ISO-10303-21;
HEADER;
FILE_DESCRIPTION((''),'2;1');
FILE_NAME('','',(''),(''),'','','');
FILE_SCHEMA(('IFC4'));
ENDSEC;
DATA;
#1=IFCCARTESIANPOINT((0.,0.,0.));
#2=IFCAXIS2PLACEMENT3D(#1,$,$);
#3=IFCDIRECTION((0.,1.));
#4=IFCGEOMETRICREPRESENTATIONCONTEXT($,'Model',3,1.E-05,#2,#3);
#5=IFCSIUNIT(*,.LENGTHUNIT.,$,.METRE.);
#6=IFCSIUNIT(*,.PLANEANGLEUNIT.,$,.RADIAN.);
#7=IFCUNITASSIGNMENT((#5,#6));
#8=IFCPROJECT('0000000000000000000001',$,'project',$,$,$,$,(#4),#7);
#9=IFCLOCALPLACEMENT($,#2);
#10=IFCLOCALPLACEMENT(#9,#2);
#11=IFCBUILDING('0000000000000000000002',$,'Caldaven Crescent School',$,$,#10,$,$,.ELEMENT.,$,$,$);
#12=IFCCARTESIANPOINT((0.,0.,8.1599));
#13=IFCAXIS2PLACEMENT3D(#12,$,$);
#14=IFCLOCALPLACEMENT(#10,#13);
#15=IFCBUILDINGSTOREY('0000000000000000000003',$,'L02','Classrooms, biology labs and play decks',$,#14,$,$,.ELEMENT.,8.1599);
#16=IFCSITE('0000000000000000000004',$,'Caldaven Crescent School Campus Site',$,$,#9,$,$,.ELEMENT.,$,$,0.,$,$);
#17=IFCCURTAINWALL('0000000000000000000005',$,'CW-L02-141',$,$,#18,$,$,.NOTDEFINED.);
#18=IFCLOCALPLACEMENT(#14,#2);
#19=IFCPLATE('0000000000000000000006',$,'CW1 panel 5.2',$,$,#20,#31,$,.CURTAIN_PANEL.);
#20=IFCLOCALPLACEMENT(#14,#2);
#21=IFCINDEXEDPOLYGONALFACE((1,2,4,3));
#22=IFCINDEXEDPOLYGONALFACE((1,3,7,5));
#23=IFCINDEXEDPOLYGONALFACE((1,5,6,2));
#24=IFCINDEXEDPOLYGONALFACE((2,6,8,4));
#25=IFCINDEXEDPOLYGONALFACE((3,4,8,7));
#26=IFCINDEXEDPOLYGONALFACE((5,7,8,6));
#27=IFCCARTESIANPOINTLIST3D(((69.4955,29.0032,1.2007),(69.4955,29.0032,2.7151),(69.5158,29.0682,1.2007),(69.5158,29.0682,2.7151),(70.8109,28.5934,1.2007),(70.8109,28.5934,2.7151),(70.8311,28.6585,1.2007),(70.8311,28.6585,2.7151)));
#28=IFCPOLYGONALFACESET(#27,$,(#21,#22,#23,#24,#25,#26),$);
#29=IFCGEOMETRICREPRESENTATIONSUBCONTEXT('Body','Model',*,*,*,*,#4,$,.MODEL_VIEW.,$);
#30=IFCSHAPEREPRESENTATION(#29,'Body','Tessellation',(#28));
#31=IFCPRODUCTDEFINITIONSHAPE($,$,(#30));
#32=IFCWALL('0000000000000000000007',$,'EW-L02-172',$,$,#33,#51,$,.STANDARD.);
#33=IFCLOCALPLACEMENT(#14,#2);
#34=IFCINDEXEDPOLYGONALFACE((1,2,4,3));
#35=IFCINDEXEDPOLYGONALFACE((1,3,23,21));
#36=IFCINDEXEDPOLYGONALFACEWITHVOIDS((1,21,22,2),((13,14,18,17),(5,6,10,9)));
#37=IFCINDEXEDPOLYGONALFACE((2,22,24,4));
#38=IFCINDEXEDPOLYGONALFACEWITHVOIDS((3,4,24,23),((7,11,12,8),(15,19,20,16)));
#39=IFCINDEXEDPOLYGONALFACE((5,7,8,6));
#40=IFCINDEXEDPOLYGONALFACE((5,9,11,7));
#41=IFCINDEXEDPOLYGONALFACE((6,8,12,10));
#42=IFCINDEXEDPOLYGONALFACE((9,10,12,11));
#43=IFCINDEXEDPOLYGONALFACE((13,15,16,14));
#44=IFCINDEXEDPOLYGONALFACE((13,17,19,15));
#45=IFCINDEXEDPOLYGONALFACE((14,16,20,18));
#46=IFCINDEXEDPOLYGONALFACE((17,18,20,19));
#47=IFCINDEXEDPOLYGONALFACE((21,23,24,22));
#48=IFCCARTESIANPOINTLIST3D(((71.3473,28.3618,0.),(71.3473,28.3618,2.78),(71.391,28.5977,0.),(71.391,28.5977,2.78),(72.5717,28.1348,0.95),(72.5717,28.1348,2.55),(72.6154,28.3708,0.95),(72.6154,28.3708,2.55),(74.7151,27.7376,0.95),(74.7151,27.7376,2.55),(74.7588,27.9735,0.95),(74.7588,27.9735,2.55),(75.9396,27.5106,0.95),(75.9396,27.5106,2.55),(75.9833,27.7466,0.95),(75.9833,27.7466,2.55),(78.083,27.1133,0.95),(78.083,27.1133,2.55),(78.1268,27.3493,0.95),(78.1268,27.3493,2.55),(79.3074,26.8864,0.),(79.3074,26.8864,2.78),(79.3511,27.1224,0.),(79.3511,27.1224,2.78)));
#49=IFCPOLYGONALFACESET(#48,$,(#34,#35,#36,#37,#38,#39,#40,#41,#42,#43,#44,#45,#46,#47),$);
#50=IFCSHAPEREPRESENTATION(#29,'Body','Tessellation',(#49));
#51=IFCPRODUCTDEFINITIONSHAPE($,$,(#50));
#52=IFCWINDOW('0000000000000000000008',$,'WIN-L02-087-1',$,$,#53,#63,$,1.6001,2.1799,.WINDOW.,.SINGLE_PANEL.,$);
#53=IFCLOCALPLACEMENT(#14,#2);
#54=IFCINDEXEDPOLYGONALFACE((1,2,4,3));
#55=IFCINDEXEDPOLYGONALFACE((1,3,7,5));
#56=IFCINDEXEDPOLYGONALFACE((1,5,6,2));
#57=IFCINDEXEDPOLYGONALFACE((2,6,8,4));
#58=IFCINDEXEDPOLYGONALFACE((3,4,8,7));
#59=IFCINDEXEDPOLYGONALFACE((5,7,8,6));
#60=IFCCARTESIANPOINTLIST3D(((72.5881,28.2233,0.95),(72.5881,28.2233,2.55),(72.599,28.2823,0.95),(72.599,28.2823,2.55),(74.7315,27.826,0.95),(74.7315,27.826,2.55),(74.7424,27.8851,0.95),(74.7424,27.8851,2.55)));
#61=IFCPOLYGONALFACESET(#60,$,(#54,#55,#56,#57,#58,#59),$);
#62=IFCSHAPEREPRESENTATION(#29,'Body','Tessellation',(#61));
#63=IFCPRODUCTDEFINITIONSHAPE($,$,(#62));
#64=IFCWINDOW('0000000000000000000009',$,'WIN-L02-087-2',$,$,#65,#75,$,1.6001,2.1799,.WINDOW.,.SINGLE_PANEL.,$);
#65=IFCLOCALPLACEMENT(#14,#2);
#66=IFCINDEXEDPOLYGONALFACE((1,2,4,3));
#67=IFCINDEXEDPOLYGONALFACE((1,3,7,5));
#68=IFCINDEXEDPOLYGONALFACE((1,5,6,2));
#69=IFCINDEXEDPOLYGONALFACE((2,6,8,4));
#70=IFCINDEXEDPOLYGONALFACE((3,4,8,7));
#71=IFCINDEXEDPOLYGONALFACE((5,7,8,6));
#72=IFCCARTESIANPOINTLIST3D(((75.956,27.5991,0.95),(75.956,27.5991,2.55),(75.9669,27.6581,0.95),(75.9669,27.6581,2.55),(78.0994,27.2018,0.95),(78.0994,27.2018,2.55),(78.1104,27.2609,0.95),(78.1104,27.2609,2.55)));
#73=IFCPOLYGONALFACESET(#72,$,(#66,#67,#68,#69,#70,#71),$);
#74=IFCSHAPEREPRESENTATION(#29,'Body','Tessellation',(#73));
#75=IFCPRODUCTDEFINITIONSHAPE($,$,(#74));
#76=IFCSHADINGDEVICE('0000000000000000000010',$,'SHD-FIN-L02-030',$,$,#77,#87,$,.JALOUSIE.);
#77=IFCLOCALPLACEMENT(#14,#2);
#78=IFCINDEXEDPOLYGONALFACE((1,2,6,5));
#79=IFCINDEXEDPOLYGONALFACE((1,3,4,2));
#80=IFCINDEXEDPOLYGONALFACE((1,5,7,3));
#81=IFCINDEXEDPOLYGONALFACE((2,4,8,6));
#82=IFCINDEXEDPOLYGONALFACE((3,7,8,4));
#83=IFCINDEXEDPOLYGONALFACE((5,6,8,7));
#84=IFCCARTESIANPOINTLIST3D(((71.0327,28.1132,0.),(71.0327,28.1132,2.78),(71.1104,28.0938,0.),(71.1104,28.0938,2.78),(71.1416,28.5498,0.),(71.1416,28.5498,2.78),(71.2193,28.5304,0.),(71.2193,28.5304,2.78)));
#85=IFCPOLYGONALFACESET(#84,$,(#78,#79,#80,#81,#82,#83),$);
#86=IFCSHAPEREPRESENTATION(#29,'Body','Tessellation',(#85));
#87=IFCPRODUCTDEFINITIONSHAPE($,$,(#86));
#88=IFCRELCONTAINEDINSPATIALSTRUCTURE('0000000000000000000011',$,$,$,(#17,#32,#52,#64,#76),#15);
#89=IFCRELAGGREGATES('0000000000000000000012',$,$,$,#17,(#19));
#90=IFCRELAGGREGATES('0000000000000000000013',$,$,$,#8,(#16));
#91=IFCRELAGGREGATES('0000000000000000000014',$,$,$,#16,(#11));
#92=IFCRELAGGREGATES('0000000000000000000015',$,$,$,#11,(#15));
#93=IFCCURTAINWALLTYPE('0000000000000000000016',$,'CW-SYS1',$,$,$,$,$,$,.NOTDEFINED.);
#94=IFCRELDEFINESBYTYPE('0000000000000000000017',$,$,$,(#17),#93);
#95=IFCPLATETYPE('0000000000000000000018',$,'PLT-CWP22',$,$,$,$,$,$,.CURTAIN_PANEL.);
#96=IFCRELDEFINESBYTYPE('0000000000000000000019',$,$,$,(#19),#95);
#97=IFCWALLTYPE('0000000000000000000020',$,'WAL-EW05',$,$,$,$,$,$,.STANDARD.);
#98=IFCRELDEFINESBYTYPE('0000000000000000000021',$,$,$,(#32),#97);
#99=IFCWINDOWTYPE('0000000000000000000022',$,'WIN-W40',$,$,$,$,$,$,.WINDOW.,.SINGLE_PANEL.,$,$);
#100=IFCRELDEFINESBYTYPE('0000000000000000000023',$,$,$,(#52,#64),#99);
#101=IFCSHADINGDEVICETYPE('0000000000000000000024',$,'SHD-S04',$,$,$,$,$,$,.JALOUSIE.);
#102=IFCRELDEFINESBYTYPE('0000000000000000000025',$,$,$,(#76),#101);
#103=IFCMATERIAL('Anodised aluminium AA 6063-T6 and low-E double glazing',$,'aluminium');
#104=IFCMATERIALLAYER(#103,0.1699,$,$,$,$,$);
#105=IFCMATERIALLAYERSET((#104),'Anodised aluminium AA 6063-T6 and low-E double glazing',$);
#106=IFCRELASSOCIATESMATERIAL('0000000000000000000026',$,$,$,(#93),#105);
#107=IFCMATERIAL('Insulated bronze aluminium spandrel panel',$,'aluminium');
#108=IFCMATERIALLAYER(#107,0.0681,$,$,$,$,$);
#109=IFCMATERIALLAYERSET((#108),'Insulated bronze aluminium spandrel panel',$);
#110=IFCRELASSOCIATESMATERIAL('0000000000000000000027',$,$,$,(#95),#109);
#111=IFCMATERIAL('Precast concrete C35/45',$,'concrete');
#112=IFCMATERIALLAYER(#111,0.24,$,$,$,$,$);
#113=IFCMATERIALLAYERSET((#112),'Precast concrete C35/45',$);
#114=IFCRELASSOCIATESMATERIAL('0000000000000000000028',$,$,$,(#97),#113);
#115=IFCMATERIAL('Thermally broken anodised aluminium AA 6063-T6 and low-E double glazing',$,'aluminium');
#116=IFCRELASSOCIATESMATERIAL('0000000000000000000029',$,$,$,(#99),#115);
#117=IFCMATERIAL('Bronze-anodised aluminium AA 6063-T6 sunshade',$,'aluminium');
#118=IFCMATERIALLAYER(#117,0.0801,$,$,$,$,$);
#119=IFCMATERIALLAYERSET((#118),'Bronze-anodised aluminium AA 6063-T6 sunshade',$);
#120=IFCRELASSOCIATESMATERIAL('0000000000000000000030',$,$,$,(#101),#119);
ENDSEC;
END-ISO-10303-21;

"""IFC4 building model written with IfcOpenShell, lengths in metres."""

from ifc_helpers import new_model, si_unit, direction, frame, frame_2d, origin, origin_2d, place, context, subcontext, project, spatial, rectangle, extrude, material, layer, layer_set, type_object, element, fill, aggregate, save


model = new_model("IFC4")

# Units and contexts
model_context = context("Model", 3, precision=1e-05, world=origin(), true_north=direction((0.0, 1.0)))
body_context = subcontext(model_context, "Body", "Model", "MODEL_VIEW")
ifc_project = project(units=[si_unit("LENGTHUNIT", "METRE"), si_unit("PLANEANGLEUNIT", "RADIAN")], contexts=[model_context])

# Site, building, storey
site_placement = place(None, origin())
site = spatial("IfcSite", under=ifc_project, at=site_placement, Name="Caldaven Crescent School Campus Site", CompositionType="ELEMENT", RefElevation=0.0)
building_placement = place(site_placement, origin())
building = spatial("IfcBuilding", under=site, at=building_placement, Name="Caldaven Crescent School", CompositionType="ELEMENT")
storey_placement = place(building_placement, frame((0.0, 0.0, 8.1599)))
storey = spatial("IfcBuildingStorey", under=building, at=storey_placement, Name="L02", Description="Classrooms, biology labs and play decks", CompositionType="ELEMENT", Elevation=8.1599)

# Curtain wall
ifc_material_1 = material(Name="Anodised aluminium AA 6063-T6 and low-E double glazing", Category="aluminium")
ifc_layer_1 = layer(ifc_material_1, 0.1699)
ifc_layer_set_1 = layer_set([ifc_layer_1], Name="Anodised aluminium AA 6063-T6 and low-E double glazing")
curtain_wall_type = type_object("IfcCurtainWallType", Name="CW-SYS1", PredefinedType="NOTDEFINED", material=ifc_layer_set_1)
curtain_wall_1_placement = place(storey_placement, origin())
curtain_wall_1 = element("IfcCurtainWall", 1, at=curtain_wall_1_placement, inside=storey, type_object=curtain_wall_type, Name="CW-L02-141", PredefinedType="NOTDEFINED")

# Plate
ifc_material_2 = material(Name="Insulated bronze aluminium spandrel panel", Category="aluminium")
ifc_layer_2 = layer(ifc_material_2, 0.0681)
ifc_layer_set_2 = layer_set([ifc_layer_2], Name="Insulated bronze aluminium spandrel panel")
plate_type_1 = type_object("IfcPlateType", Name="PLT-CWP22", PredefinedType="CURTAIN_PANEL", material=ifc_layer_set_2)
plate_1_placement = place(storey_placement, frame((70.1633, 28.8308, 1.2007), z_axis=(0.0, 0.0, 1.0), x_axis=(0.954747, -0.29742, 0.0)))
plate_1 = element("IfcPlate", 2, at=plate_1_placement, type_object=plate_type_1, Name="CW1 panel 5.2", PredefinedType="CURTAIN_PANEL", context=body_context, shape_type="SweptSolid", body=[
    extrude(rectangle(XDim=1.3777, YDim=0.0681, at=origin_2d()), origin(), (0.0, 0.0, 1.0), 1.5144),
])
aggregate(curtain_wall_1, [plate_1])

# Wall, openings, windows
ifc_material_3 = material(Name="Precast concrete C35/45", Category="concrete")
ifc_layer_3 = layer(ifc_material_3, 0.24)
ifc_layer_set_3 = layer_set([ifc_layer_3], Name="Precast concrete C35/45")
wall_type = type_object("IfcWallType", Name="WAL-EW05", PredefinedType="STANDARD", material=ifc_layer_set_3)
wall_placement = place(storey_placement, frame((71.3691, 28.4797, 0.0), z_axis=(0.0, 0.0, 1.0), x_axis=(0.983255, -0.182236, 0.0)))
wall = element("IfcWall", 3, at=wall_placement, inside=storey, type_object=wall_type, Name="EW-L02-172", PredefinedType="STANDARD", context=body_context, shape_type="SweptSolid", body=[
    extrude(rectangle(XDim=8.0957, YDim=0.24, at=frame_2d((4.0479, 0.0))), origin(), (0.0, 0.0, 1.0), 2.78),
])
opening_1_placement = place(wall_placement, frame((1.2454, 0.0, 0.95)))
opening_1 = element("IfcOpeningElement", 4, at=opening_1_placement, cuts=wall, PredefinedType="OPENING", context=body_context, shape_type="SweptSolid", body=[
    extrude(rectangle(XDim=2.1799, YDim=1.6001, at=frame_2d((1.0898, 0.8))), frame((0.0, 0.1299, 0.0), z_axis=(0.0, -1.0, 0.0), x_axis=(1.0, 0.0, 0.0)), (0.0, 0.0, 1.0), 0.26),
])
opening_2_placement = place(wall_placement, frame((4.6707, 0.0, 0.95)))
opening_2 = element("IfcOpeningElement", 5, at=opening_2_placement, cuts=wall, PredefinedType="OPENING", context=body_context, shape_type="SweptSolid", body=[
    extrude(rectangle(XDim=2.1799, YDim=1.6001, at=frame_2d((1.0898, 0.8))), frame((0.0, 0.1299, 0.0), z_axis=(0.0, -1.0, 0.0), x_axis=(1.0, 0.0, 0.0)), (0.0, 0.0, 1.0), 0.26),
])
ifc_material_4 = material(Name="Thermally broken anodised aluminium AA 6063-T6 and low-E double glazing", Category="aluminium")
window_type = type_object("IfcWindowType", Name="WIN-W40", PartitioningType="SINGLE_PANEL", PredefinedType="WINDOW", material=ifc_material_4)
window_1_placement = place(opening_1_placement, origin())
window_1 = element("IfcWindow", 6, at=window_1_placement, inside=storey, type_object=window_type, Name="WIN-L02-087-1", OverallHeight=1.6001, OverallWidth=2.1799, PartitioningType="SINGLE_PANEL", PredefinedType="WINDOW", context=body_context, shape_type="SweptSolid", body=[
    extrude(rectangle(XDim=2.1799, YDim=1.6001, at=frame_2d((1.0898, 0.8))), frame((0.0, 0.03, 0.0), z_axis=(0.0, -1.0, 0.0), x_axis=(1.0, 0.0, 0.0)), (0.0, 0.0, 1.0), 0.0601),
])
fill(opening_1, window_1)
window_2_placement = place(opening_2_placement, origin())
window_2 = element("IfcWindow", 7, at=window_2_placement, inside=storey, type_object=window_type, Name="WIN-L02-087-2", OverallHeight=1.6001, OverallWidth=2.1799, PartitioningType="SINGLE_PANEL", PredefinedType="WINDOW", context=body_context, shape_type="SweptSolid", body=[
    extrude(rectangle(XDim=2.1799, YDim=1.6001, at=frame_2d((1.0898, 0.8))), frame((0.0, 0.03, 0.0), z_axis=(0.0, -1.0, 0.0), x_axis=(1.0, 0.0, 0.0)), (0.0, 0.0, 1.0), 0.0601),
])
fill(opening_2, window_2)

# Shading device
ifc_material_5 = material(Name="Bronze-anodised aluminium AA 6063-T6 sunshade", Category="aluminium")
ifc_layer_4 = layer(ifc_material_5, 0.0801)
ifc_layer_set_4 = layer_set([ifc_layer_4], Name="Bronze-anodised aluminium AA 6063-T6 sunshade")
shading_device_type = type_object("IfcShadingDeviceType", Name="SHD-S04", PredefinedType="JALOUSIE", material=ifc_layer_set_4)
shading_device_placement = place(storey_placement, frame((71.126, 28.3218, 0.0), z_axis=(0.0, 0.0, 1.0), x_axis=(-0.241922, -0.970296, 0.0)))
element("IfcShadingDevice", 8, at=shading_device_placement, inside=storey, type_object=shading_device_type, Name="SHD-FIN-L02-030", PredefinedType="JALOUSIE", context=body_context, shape_type="SweptSolid", body=[
    extrude(rectangle(XDim=0.45, YDim=0.0801, at=origin_2d()), origin(), (0.0, 0.0, 1.0), 2.78),
])

save(model, "model.ifc")
